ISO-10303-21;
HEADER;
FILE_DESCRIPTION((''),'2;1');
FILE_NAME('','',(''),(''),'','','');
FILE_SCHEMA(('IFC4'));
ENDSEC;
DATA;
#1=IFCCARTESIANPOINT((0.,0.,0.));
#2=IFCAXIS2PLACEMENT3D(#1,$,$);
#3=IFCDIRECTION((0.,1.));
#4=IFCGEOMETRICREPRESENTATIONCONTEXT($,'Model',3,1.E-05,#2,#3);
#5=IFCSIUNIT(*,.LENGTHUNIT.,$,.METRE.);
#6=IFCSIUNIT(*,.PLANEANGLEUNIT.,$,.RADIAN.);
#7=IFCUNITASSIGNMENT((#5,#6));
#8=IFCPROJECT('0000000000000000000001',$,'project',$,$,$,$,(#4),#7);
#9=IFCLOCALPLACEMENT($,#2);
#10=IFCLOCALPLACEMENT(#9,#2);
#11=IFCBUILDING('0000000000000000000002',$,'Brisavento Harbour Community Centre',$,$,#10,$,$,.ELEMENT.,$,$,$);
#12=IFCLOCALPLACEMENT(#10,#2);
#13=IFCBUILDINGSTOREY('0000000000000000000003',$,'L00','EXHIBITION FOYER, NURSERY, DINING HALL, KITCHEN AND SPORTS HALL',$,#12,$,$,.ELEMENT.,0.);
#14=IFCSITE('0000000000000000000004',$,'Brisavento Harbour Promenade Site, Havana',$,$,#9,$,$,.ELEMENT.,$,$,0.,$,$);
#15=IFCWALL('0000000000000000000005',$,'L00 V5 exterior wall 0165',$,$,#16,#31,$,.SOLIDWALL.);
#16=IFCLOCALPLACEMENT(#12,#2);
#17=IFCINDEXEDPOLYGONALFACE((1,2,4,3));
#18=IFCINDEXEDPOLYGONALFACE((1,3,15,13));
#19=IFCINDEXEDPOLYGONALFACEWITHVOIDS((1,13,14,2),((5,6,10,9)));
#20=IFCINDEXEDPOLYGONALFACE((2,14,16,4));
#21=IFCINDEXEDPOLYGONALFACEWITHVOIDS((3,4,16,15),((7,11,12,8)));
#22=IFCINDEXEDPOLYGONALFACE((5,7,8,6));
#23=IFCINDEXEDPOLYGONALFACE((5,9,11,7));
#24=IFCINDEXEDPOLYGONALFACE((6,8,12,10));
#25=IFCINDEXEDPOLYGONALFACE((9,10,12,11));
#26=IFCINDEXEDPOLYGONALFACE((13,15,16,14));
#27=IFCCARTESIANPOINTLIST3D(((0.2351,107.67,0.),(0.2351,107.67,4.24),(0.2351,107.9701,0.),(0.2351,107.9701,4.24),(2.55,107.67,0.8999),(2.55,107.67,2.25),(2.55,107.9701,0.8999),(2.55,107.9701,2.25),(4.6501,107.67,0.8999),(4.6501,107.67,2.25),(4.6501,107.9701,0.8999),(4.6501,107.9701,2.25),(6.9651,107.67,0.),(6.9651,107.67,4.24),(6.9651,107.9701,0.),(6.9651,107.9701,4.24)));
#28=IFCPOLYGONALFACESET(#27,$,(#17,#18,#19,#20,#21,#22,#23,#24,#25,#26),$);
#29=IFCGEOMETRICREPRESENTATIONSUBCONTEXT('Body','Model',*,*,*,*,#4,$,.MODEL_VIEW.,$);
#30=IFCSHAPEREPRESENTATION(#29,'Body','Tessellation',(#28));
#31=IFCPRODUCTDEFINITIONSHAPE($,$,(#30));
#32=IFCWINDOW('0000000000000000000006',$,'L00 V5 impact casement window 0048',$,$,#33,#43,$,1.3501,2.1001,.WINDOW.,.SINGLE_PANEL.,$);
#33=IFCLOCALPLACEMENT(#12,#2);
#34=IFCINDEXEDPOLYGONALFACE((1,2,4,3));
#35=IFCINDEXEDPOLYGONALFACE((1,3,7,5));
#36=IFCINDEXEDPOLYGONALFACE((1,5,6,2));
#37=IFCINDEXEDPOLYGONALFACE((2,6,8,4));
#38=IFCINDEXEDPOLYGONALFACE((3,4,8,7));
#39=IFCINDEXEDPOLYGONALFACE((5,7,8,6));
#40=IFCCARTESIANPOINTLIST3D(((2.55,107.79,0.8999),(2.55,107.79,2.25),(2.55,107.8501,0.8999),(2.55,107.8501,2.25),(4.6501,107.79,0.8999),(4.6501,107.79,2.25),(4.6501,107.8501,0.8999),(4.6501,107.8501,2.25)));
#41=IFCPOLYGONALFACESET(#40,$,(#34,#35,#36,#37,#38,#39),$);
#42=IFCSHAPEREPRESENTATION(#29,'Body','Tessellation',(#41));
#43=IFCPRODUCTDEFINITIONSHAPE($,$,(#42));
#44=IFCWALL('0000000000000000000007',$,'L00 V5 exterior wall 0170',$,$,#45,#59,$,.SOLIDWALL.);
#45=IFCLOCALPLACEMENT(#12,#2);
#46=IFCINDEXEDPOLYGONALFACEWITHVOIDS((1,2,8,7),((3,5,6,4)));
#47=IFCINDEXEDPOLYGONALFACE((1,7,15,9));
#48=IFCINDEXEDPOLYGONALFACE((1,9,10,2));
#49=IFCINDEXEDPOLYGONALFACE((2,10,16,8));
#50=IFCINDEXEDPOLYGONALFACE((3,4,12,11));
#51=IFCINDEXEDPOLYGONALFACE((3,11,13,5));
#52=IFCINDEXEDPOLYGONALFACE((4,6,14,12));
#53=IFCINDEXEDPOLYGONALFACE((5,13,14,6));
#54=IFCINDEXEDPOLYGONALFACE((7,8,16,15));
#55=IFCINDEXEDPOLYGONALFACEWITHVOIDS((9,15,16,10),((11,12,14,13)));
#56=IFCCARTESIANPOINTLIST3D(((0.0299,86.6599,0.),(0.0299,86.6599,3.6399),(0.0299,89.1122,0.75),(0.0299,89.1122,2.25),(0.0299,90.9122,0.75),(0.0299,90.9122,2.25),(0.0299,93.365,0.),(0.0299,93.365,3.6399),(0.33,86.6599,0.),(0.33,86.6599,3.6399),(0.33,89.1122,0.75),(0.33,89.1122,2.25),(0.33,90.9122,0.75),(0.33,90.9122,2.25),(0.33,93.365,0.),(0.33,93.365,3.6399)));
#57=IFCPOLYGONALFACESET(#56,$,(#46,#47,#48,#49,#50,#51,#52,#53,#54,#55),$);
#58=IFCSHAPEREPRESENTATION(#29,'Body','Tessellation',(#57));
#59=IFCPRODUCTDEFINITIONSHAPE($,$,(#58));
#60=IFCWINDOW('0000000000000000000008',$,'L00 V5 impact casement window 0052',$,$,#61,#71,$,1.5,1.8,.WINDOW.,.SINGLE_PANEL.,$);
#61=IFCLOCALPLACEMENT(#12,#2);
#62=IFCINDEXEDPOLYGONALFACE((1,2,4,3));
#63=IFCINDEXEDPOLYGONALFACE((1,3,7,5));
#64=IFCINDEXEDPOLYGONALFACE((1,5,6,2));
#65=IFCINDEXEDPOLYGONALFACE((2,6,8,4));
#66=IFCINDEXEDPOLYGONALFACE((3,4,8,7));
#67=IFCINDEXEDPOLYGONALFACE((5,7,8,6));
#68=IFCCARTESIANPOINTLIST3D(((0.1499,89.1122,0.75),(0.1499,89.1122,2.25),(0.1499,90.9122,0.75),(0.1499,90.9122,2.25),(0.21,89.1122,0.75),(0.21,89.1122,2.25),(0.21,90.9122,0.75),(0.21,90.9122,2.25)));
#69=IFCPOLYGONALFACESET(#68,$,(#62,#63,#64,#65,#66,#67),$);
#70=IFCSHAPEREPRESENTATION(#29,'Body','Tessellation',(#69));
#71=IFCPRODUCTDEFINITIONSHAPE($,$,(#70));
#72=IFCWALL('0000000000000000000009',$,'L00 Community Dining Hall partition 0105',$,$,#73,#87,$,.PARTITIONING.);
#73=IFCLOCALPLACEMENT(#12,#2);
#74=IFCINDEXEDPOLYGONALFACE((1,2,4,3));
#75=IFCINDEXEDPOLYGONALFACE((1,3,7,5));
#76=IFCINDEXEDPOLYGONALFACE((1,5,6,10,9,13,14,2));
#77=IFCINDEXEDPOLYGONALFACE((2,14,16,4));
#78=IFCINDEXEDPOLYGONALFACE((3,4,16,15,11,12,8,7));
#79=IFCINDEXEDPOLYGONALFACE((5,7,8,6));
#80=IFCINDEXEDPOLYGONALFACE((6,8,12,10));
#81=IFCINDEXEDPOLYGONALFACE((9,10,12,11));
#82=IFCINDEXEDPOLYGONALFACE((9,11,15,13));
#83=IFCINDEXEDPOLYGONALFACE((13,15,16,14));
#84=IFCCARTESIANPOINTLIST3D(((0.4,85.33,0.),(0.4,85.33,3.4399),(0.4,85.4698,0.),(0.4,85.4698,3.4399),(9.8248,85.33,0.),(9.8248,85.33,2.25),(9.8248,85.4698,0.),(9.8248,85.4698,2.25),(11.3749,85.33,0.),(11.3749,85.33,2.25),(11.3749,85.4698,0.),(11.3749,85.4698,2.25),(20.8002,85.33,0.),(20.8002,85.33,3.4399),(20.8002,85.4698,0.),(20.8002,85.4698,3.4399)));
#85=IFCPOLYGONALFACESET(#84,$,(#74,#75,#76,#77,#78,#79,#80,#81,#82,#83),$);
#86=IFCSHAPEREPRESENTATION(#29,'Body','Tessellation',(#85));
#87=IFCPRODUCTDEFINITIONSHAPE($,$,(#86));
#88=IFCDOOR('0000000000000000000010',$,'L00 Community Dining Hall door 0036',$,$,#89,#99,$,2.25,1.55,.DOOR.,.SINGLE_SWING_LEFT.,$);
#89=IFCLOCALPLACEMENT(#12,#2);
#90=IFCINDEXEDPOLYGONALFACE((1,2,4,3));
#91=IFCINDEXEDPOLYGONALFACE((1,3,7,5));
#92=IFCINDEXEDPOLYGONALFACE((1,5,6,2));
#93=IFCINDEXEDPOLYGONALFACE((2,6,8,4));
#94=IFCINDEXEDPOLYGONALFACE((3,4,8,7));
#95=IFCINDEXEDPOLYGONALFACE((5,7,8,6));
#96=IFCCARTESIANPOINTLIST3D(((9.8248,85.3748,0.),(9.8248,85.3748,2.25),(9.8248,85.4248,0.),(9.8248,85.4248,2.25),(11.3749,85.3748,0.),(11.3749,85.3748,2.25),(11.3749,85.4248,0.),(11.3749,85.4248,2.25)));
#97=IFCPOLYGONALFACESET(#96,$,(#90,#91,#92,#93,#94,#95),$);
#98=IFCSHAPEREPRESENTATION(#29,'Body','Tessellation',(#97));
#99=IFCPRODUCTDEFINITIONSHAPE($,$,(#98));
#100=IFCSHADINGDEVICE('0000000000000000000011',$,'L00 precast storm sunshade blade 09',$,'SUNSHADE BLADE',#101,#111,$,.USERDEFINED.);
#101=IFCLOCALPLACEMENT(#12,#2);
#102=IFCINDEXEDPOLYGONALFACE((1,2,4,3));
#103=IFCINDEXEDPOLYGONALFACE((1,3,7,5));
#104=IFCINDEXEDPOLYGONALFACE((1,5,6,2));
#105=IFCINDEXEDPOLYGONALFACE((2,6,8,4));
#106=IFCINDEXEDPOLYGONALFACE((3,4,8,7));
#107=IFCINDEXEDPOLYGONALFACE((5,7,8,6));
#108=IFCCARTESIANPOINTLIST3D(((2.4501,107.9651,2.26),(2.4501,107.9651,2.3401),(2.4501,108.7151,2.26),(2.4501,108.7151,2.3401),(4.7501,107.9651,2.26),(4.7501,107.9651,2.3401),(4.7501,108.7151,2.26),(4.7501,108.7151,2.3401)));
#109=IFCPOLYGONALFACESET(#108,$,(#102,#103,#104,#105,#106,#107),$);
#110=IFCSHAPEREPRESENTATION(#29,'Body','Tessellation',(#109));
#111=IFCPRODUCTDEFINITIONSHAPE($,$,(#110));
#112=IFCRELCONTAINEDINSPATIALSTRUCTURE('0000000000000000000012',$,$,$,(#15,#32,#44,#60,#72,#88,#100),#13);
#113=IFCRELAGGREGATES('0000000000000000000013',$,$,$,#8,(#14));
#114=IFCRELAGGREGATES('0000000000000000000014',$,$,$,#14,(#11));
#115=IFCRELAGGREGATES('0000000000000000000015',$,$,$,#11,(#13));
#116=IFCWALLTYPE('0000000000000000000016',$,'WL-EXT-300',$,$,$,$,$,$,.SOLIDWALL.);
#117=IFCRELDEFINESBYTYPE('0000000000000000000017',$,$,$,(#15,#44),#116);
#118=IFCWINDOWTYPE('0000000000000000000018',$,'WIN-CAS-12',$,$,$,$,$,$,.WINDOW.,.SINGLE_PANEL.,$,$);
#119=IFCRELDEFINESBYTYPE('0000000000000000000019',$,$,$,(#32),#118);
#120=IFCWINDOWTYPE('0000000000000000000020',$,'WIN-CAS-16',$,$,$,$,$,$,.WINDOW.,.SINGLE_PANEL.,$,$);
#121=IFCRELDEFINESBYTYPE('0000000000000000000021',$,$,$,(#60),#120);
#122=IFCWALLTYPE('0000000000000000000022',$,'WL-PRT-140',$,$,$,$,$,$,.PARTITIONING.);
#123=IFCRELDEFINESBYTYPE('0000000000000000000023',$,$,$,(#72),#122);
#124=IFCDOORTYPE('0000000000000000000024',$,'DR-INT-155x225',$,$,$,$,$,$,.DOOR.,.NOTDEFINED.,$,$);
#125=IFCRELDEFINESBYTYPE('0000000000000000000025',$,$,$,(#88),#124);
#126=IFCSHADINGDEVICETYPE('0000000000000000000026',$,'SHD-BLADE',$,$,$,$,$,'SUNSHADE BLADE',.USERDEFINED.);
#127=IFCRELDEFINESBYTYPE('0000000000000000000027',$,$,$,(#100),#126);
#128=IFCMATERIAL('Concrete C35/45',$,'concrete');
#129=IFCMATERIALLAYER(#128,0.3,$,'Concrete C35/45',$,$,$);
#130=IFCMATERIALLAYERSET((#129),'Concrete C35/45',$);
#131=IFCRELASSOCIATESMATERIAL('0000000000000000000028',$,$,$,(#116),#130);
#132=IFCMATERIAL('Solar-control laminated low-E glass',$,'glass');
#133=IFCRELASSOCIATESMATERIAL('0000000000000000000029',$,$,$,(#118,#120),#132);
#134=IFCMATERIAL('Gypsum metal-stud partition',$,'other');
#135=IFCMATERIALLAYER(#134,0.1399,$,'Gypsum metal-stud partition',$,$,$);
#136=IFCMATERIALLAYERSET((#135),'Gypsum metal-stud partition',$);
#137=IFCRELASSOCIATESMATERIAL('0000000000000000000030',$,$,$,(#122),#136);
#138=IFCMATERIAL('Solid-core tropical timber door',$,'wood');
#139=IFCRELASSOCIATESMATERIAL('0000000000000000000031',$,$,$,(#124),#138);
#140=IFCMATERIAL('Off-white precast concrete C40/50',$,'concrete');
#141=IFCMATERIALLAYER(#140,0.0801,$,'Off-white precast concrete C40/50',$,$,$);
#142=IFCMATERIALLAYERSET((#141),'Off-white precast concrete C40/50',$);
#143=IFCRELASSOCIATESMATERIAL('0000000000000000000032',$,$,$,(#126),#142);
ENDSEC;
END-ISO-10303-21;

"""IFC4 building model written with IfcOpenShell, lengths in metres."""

from ifc_helpers import new_model, si_unit, direction, frame, frame_2d, origin, origin_2d, place, context, subcontext, project, spatial, rectangle, extrude, material, layer, layer_set, type_object, element, fill, save


model = new_model("IFC4")

# Units and contexts
model_context = context("Model", 3, precision=1e-05, world=origin(), true_north=direction((0.0, 1.0)))
body_context = subcontext(model_context, "Body", "Model", "MODEL_VIEW")
ifc_project = project(units=[si_unit("LENGTHUNIT", "METRE"), si_unit("PLANEANGLEUNIT", "RADIAN")], contexts=[model_context])

# Site, building, storey
site_placement = place(None, origin())
site = spatial("IfcSite", under=ifc_project, at=site_placement, Name="Brisavento Harbour Promenade Site, Havana", CompositionType="ELEMENT", RefElevation=0.0)
building_placement = place(site_placement, origin())
building = spatial("IfcBuilding", under=site, at=building_placement, Name="Brisavento Harbour Community Centre", CompositionType="ELEMENT")
storey_placement = place(building_placement, origin())
storey = spatial("IfcBuildingStorey", under=building, at=storey_placement, Name="L00", Description="EXHIBITION FOYER, NURSERY, DINING HALL, KITCHEN AND SPORTS HALL", CompositionType="ELEMENT", Elevation=0.0)

# Shared definitions
ifc_material_1 = material(Name="Concrete C35/45", Category="concrete")

# Shared definitions
ifc_material_2 = material(Name="Solar-control laminated low-E glass", Category="glass")

# Walls, openings, windows
ifc_layer_1 = layer(ifc_material_1, 0.3, Name="Concrete C35/45")
ifc_layer_set_1 = layer_set([ifc_layer_1], Name="Concrete C35/45")
wall_type_1 = type_object("IfcWallType", Name="WL-EXT-300", PredefinedType="SOLIDWALL", material=ifc_layer_set_1)
wall_1_placement = place(storey_placement, frame((0.2351, 107.8201, 0.0), z_axis=(0.0, 0.0, 1.0), x_axis=(1.0, 0.0, 0.0)))
wall_1 = element("IfcWall", 1, at=wall_1_placement, inside=storey, type_object=wall_type_1, Name="L00 V5 exterior wall 0165", PredefinedType="SOLIDWALL", context=body_context, shape_type="SweptSolid", body=[
    extrude(rectangle(XDim=6.73, YDim=0.3, at=frame_2d((3.365, 0.0))), origin(), (0.0, 0.0, 1.0), 4.24),
])
opening_1_placement = place(wall_1_placement, frame((2.3149, 0.0, 0.8999)))
opening_1 = element("IfcOpeningElement", 2, at=opening_1_placement, cuts=wall_1, PredefinedType="OPENING", context=body_context, shape_type="SweptSolid", body=[
    extrude(rectangle(XDim=2.1001, YDim=1.3501, at=frame_2d((1.05, 0.675))), frame((0.0, 0.1602, 0.0), z_axis=(0.0, -1.0, 0.0), x_axis=(1.0, 0.0, 0.0)), (0.0, 0.0, 1.0), 0.3201),
])
window_type_1 = type_object("IfcWindowType", Name="WIN-CAS-12", PartitioningType="SINGLE_PANEL", PredefinedType="WINDOW", material=ifc_material_2)
window_1_placement = place(opening_1_placement, origin())
window_1 = element("IfcWindow", 3, at=window_1_placement, inside=storey, type_object=window_type_1, Name="L00 V5 impact casement window 0048", OverallHeight=1.3501, OverallWidth=2.1001, PartitioningType="SINGLE_PANEL", PredefinedType="WINDOW", context=body_context, shape_type="SweptSolid", body=[
    extrude(rectangle(XDim=2.1001, YDim=1.3501, at=frame_2d((1.05, 0.675))), frame((0.0, 0.03, 0.0), z_axis=(0.0, -1.0, 0.0), x_axis=(1.0, 0.0, 0.0)), (0.0, 0.0, 1.0), 0.0601),
])
fill(opening_1, window_1)
wall_2_placement = place(storey_placement, frame((0.1799, 86.6599, 0.0), z_axis=(0.0, 0.0, 1.0), x_axis=(0.0, 1.0, 0.0)))
wall_2 = element("IfcWall", 4, at=wall_2_placement, inside=storey, type_object=wall_type_1, Name="L00 V5 exterior wall 0170", PredefinedType="SOLIDWALL", context=body_context, shape_type="SweptSolid", body=[
    extrude(rectangle(XDim=6.7051, YDim=0.3, at=frame_2d((3.3525, 0.0))), origin(), (0.0, 0.0, 1.0), 3.6399),
])
opening_2_placement = place(wall_2_placement, frame((2.4524, 0.0, 0.75)))
opening_2 = element("IfcOpeningElement", 5, at=opening_2_placement, cuts=wall_2, PredefinedType="OPENING", context=body_context, shape_type="SweptSolid", body=[
    extrude(rectangle(XDim=1.8, YDim=1.5, at=frame_2d((0.8999, 0.75))), frame((0.0, 0.1602, 0.0), z_axis=(0.0, -1.0, 0.0), x_axis=(1.0, 0.0, 0.0)), (0.0, 0.0, 1.0), 0.3201),
])
window_type_2 = type_object("IfcWindowType", Name="WIN-CAS-16", PartitioningType="SINGLE_PANEL", PredefinedType="WINDOW", material=ifc_material_2)
window_2_placement = place(opening_2_placement, origin())
window_2 = element("IfcWindow", 6, at=window_2_placement, inside=storey, type_object=window_type_2, Name="L00 V5 impact casement window 0052", OverallHeight=1.5, OverallWidth=1.8, PartitioningType="SINGLE_PANEL", PredefinedType="WINDOW", context=body_context, shape_type="SweptSolid", body=[
    extrude(rectangle(XDim=1.8, YDim=1.5, at=frame_2d((0.8999, 0.75))), frame((0.0, 0.03, 0.0), z_axis=(0.0, -1.0, 0.0), x_axis=(1.0, 0.0, 0.0)), (0.0, 0.0, 1.0), 0.0601),
])
fill(opening_2, window_2)

# Wall, opening, door
ifc_material_3 = material(Name="Gypsum metal-stud partition", Category="other")
ifc_layer_2 = layer(ifc_material_3, 0.1399, Name="Gypsum metal-stud partition")
ifc_layer_set_2 = layer_set([ifc_layer_2], Name="Gypsum metal-stud partition")
wall_type_2 = type_object("IfcWallType", Name="WL-PRT-140", PredefinedType="PARTITIONING", material=ifc_layer_set_2)
wall_3_placement = place(storey_placement, frame((0.3999, 85.3999, 0.0), z_axis=(0.0, 0.0, 1.0), x_axis=(1.0, 0.0, 0.0)))
wall_3 = element("IfcWall", 7, at=wall_3_placement, inside=storey, type_object=wall_type_2, Name="L00 Community Dining Hall partition 0105", PredefinedType="PARTITIONING", context=body_context, shape_type="SweptSolid", body=[
    extrude(rectangle(XDim=20.4001, YDim=0.1399, at=frame_2d((10.2002, 0.0))), origin(), (0.0, 0.0, 1.0), 3.4399),
])
opening_3_placement = place(wall_3_placement, frame((9.425, 0.0, 0.0)))
opening_3 = element("IfcOpeningElement", 8, at=opening_3_placement, cuts=wall_3, PredefinedType="OPENING", context=body_context, shape_type="SweptSolid", body=[
    extrude(rectangle(XDim=1.55, YDim=2.25, at=frame_2d((0.7749, 1.125))), frame((0.0, 0.0801, 0.0), z_axis=(0.0, -1.0, 0.0), x_axis=(1.0, 0.0, 0.0)), (0.0, 0.0, 1.0), 0.1599),
])
ifc_material_4 = material(Name="Solid-core tropical timber door", Category="wood")
door_type_1 = type_object("IfcDoorType", Name="DR-INT-155x225", OperationType="NOTDEFINED", PredefinedType="DOOR", material=ifc_material_4)
door_1_placement = place(opening_3_placement, origin())
door_1 = element("IfcDoor", 9, at=door_1_placement, inside=storey, type_object=door_type_1, Name="L00 Community Dining Hall door 0036", OperationType="SINGLE_SWING_LEFT", OverallHeight=2.25, OverallWidth=1.55, PredefinedType="DOOR", context=body_context, shape_type="SweptSolid", body=[
    extrude(rectangle(XDim=1.55, YDim=2.25, at=frame_2d((0.7749, 1.125))), frame((0.0, 0.0249, 0.0), z_axis=(0.0, -1.0, 0.0), x_axis=(1.0, 0.0, 0.0)), (0.0, 0.0, 1.0), 0.05),
])
fill(opening_3, door_1)

# Shading device
ifc_material_5 = material(Name="Off-white precast concrete C40/50", Category="concrete")
ifc_layer_3 = layer(ifc_material_5, 0.0801, Name="Off-white precast concrete C40/50")
ifc_layer_set_3 = layer_set([ifc_layer_3], Name="Off-white precast concrete C40/50")
shading_device_type = type_object("IfcShadingDeviceType", Name="SHD-BLADE", ElementType="SUNSHADE BLADE", PredefinedType="USERDEFINED", material=ifc_layer_set_3)
shading_device_placement = place(storey_placement, frame((3.6001, 108.3401, 2.26), z_axis=(0.0, 0.0, 1.0), x_axis=(1.0, 0.0, 0.0)))
element("IfcShadingDevice", 10, at=shading_device_placement, inside=storey, type_object=shading_device_type, Name="L00 precast storm sunshade blade 09", ObjectType="SUNSHADE BLADE", PredefinedType="USERDEFINED", context=body_context, shape_type="SweptSolid", body=[
    extrude(rectangle(XDim=2.3, YDim=0.75, at=origin_2d()), origin(), (0.0, 0.0, 1.0), 0.0801),
])

save(model, "model.ifc")
